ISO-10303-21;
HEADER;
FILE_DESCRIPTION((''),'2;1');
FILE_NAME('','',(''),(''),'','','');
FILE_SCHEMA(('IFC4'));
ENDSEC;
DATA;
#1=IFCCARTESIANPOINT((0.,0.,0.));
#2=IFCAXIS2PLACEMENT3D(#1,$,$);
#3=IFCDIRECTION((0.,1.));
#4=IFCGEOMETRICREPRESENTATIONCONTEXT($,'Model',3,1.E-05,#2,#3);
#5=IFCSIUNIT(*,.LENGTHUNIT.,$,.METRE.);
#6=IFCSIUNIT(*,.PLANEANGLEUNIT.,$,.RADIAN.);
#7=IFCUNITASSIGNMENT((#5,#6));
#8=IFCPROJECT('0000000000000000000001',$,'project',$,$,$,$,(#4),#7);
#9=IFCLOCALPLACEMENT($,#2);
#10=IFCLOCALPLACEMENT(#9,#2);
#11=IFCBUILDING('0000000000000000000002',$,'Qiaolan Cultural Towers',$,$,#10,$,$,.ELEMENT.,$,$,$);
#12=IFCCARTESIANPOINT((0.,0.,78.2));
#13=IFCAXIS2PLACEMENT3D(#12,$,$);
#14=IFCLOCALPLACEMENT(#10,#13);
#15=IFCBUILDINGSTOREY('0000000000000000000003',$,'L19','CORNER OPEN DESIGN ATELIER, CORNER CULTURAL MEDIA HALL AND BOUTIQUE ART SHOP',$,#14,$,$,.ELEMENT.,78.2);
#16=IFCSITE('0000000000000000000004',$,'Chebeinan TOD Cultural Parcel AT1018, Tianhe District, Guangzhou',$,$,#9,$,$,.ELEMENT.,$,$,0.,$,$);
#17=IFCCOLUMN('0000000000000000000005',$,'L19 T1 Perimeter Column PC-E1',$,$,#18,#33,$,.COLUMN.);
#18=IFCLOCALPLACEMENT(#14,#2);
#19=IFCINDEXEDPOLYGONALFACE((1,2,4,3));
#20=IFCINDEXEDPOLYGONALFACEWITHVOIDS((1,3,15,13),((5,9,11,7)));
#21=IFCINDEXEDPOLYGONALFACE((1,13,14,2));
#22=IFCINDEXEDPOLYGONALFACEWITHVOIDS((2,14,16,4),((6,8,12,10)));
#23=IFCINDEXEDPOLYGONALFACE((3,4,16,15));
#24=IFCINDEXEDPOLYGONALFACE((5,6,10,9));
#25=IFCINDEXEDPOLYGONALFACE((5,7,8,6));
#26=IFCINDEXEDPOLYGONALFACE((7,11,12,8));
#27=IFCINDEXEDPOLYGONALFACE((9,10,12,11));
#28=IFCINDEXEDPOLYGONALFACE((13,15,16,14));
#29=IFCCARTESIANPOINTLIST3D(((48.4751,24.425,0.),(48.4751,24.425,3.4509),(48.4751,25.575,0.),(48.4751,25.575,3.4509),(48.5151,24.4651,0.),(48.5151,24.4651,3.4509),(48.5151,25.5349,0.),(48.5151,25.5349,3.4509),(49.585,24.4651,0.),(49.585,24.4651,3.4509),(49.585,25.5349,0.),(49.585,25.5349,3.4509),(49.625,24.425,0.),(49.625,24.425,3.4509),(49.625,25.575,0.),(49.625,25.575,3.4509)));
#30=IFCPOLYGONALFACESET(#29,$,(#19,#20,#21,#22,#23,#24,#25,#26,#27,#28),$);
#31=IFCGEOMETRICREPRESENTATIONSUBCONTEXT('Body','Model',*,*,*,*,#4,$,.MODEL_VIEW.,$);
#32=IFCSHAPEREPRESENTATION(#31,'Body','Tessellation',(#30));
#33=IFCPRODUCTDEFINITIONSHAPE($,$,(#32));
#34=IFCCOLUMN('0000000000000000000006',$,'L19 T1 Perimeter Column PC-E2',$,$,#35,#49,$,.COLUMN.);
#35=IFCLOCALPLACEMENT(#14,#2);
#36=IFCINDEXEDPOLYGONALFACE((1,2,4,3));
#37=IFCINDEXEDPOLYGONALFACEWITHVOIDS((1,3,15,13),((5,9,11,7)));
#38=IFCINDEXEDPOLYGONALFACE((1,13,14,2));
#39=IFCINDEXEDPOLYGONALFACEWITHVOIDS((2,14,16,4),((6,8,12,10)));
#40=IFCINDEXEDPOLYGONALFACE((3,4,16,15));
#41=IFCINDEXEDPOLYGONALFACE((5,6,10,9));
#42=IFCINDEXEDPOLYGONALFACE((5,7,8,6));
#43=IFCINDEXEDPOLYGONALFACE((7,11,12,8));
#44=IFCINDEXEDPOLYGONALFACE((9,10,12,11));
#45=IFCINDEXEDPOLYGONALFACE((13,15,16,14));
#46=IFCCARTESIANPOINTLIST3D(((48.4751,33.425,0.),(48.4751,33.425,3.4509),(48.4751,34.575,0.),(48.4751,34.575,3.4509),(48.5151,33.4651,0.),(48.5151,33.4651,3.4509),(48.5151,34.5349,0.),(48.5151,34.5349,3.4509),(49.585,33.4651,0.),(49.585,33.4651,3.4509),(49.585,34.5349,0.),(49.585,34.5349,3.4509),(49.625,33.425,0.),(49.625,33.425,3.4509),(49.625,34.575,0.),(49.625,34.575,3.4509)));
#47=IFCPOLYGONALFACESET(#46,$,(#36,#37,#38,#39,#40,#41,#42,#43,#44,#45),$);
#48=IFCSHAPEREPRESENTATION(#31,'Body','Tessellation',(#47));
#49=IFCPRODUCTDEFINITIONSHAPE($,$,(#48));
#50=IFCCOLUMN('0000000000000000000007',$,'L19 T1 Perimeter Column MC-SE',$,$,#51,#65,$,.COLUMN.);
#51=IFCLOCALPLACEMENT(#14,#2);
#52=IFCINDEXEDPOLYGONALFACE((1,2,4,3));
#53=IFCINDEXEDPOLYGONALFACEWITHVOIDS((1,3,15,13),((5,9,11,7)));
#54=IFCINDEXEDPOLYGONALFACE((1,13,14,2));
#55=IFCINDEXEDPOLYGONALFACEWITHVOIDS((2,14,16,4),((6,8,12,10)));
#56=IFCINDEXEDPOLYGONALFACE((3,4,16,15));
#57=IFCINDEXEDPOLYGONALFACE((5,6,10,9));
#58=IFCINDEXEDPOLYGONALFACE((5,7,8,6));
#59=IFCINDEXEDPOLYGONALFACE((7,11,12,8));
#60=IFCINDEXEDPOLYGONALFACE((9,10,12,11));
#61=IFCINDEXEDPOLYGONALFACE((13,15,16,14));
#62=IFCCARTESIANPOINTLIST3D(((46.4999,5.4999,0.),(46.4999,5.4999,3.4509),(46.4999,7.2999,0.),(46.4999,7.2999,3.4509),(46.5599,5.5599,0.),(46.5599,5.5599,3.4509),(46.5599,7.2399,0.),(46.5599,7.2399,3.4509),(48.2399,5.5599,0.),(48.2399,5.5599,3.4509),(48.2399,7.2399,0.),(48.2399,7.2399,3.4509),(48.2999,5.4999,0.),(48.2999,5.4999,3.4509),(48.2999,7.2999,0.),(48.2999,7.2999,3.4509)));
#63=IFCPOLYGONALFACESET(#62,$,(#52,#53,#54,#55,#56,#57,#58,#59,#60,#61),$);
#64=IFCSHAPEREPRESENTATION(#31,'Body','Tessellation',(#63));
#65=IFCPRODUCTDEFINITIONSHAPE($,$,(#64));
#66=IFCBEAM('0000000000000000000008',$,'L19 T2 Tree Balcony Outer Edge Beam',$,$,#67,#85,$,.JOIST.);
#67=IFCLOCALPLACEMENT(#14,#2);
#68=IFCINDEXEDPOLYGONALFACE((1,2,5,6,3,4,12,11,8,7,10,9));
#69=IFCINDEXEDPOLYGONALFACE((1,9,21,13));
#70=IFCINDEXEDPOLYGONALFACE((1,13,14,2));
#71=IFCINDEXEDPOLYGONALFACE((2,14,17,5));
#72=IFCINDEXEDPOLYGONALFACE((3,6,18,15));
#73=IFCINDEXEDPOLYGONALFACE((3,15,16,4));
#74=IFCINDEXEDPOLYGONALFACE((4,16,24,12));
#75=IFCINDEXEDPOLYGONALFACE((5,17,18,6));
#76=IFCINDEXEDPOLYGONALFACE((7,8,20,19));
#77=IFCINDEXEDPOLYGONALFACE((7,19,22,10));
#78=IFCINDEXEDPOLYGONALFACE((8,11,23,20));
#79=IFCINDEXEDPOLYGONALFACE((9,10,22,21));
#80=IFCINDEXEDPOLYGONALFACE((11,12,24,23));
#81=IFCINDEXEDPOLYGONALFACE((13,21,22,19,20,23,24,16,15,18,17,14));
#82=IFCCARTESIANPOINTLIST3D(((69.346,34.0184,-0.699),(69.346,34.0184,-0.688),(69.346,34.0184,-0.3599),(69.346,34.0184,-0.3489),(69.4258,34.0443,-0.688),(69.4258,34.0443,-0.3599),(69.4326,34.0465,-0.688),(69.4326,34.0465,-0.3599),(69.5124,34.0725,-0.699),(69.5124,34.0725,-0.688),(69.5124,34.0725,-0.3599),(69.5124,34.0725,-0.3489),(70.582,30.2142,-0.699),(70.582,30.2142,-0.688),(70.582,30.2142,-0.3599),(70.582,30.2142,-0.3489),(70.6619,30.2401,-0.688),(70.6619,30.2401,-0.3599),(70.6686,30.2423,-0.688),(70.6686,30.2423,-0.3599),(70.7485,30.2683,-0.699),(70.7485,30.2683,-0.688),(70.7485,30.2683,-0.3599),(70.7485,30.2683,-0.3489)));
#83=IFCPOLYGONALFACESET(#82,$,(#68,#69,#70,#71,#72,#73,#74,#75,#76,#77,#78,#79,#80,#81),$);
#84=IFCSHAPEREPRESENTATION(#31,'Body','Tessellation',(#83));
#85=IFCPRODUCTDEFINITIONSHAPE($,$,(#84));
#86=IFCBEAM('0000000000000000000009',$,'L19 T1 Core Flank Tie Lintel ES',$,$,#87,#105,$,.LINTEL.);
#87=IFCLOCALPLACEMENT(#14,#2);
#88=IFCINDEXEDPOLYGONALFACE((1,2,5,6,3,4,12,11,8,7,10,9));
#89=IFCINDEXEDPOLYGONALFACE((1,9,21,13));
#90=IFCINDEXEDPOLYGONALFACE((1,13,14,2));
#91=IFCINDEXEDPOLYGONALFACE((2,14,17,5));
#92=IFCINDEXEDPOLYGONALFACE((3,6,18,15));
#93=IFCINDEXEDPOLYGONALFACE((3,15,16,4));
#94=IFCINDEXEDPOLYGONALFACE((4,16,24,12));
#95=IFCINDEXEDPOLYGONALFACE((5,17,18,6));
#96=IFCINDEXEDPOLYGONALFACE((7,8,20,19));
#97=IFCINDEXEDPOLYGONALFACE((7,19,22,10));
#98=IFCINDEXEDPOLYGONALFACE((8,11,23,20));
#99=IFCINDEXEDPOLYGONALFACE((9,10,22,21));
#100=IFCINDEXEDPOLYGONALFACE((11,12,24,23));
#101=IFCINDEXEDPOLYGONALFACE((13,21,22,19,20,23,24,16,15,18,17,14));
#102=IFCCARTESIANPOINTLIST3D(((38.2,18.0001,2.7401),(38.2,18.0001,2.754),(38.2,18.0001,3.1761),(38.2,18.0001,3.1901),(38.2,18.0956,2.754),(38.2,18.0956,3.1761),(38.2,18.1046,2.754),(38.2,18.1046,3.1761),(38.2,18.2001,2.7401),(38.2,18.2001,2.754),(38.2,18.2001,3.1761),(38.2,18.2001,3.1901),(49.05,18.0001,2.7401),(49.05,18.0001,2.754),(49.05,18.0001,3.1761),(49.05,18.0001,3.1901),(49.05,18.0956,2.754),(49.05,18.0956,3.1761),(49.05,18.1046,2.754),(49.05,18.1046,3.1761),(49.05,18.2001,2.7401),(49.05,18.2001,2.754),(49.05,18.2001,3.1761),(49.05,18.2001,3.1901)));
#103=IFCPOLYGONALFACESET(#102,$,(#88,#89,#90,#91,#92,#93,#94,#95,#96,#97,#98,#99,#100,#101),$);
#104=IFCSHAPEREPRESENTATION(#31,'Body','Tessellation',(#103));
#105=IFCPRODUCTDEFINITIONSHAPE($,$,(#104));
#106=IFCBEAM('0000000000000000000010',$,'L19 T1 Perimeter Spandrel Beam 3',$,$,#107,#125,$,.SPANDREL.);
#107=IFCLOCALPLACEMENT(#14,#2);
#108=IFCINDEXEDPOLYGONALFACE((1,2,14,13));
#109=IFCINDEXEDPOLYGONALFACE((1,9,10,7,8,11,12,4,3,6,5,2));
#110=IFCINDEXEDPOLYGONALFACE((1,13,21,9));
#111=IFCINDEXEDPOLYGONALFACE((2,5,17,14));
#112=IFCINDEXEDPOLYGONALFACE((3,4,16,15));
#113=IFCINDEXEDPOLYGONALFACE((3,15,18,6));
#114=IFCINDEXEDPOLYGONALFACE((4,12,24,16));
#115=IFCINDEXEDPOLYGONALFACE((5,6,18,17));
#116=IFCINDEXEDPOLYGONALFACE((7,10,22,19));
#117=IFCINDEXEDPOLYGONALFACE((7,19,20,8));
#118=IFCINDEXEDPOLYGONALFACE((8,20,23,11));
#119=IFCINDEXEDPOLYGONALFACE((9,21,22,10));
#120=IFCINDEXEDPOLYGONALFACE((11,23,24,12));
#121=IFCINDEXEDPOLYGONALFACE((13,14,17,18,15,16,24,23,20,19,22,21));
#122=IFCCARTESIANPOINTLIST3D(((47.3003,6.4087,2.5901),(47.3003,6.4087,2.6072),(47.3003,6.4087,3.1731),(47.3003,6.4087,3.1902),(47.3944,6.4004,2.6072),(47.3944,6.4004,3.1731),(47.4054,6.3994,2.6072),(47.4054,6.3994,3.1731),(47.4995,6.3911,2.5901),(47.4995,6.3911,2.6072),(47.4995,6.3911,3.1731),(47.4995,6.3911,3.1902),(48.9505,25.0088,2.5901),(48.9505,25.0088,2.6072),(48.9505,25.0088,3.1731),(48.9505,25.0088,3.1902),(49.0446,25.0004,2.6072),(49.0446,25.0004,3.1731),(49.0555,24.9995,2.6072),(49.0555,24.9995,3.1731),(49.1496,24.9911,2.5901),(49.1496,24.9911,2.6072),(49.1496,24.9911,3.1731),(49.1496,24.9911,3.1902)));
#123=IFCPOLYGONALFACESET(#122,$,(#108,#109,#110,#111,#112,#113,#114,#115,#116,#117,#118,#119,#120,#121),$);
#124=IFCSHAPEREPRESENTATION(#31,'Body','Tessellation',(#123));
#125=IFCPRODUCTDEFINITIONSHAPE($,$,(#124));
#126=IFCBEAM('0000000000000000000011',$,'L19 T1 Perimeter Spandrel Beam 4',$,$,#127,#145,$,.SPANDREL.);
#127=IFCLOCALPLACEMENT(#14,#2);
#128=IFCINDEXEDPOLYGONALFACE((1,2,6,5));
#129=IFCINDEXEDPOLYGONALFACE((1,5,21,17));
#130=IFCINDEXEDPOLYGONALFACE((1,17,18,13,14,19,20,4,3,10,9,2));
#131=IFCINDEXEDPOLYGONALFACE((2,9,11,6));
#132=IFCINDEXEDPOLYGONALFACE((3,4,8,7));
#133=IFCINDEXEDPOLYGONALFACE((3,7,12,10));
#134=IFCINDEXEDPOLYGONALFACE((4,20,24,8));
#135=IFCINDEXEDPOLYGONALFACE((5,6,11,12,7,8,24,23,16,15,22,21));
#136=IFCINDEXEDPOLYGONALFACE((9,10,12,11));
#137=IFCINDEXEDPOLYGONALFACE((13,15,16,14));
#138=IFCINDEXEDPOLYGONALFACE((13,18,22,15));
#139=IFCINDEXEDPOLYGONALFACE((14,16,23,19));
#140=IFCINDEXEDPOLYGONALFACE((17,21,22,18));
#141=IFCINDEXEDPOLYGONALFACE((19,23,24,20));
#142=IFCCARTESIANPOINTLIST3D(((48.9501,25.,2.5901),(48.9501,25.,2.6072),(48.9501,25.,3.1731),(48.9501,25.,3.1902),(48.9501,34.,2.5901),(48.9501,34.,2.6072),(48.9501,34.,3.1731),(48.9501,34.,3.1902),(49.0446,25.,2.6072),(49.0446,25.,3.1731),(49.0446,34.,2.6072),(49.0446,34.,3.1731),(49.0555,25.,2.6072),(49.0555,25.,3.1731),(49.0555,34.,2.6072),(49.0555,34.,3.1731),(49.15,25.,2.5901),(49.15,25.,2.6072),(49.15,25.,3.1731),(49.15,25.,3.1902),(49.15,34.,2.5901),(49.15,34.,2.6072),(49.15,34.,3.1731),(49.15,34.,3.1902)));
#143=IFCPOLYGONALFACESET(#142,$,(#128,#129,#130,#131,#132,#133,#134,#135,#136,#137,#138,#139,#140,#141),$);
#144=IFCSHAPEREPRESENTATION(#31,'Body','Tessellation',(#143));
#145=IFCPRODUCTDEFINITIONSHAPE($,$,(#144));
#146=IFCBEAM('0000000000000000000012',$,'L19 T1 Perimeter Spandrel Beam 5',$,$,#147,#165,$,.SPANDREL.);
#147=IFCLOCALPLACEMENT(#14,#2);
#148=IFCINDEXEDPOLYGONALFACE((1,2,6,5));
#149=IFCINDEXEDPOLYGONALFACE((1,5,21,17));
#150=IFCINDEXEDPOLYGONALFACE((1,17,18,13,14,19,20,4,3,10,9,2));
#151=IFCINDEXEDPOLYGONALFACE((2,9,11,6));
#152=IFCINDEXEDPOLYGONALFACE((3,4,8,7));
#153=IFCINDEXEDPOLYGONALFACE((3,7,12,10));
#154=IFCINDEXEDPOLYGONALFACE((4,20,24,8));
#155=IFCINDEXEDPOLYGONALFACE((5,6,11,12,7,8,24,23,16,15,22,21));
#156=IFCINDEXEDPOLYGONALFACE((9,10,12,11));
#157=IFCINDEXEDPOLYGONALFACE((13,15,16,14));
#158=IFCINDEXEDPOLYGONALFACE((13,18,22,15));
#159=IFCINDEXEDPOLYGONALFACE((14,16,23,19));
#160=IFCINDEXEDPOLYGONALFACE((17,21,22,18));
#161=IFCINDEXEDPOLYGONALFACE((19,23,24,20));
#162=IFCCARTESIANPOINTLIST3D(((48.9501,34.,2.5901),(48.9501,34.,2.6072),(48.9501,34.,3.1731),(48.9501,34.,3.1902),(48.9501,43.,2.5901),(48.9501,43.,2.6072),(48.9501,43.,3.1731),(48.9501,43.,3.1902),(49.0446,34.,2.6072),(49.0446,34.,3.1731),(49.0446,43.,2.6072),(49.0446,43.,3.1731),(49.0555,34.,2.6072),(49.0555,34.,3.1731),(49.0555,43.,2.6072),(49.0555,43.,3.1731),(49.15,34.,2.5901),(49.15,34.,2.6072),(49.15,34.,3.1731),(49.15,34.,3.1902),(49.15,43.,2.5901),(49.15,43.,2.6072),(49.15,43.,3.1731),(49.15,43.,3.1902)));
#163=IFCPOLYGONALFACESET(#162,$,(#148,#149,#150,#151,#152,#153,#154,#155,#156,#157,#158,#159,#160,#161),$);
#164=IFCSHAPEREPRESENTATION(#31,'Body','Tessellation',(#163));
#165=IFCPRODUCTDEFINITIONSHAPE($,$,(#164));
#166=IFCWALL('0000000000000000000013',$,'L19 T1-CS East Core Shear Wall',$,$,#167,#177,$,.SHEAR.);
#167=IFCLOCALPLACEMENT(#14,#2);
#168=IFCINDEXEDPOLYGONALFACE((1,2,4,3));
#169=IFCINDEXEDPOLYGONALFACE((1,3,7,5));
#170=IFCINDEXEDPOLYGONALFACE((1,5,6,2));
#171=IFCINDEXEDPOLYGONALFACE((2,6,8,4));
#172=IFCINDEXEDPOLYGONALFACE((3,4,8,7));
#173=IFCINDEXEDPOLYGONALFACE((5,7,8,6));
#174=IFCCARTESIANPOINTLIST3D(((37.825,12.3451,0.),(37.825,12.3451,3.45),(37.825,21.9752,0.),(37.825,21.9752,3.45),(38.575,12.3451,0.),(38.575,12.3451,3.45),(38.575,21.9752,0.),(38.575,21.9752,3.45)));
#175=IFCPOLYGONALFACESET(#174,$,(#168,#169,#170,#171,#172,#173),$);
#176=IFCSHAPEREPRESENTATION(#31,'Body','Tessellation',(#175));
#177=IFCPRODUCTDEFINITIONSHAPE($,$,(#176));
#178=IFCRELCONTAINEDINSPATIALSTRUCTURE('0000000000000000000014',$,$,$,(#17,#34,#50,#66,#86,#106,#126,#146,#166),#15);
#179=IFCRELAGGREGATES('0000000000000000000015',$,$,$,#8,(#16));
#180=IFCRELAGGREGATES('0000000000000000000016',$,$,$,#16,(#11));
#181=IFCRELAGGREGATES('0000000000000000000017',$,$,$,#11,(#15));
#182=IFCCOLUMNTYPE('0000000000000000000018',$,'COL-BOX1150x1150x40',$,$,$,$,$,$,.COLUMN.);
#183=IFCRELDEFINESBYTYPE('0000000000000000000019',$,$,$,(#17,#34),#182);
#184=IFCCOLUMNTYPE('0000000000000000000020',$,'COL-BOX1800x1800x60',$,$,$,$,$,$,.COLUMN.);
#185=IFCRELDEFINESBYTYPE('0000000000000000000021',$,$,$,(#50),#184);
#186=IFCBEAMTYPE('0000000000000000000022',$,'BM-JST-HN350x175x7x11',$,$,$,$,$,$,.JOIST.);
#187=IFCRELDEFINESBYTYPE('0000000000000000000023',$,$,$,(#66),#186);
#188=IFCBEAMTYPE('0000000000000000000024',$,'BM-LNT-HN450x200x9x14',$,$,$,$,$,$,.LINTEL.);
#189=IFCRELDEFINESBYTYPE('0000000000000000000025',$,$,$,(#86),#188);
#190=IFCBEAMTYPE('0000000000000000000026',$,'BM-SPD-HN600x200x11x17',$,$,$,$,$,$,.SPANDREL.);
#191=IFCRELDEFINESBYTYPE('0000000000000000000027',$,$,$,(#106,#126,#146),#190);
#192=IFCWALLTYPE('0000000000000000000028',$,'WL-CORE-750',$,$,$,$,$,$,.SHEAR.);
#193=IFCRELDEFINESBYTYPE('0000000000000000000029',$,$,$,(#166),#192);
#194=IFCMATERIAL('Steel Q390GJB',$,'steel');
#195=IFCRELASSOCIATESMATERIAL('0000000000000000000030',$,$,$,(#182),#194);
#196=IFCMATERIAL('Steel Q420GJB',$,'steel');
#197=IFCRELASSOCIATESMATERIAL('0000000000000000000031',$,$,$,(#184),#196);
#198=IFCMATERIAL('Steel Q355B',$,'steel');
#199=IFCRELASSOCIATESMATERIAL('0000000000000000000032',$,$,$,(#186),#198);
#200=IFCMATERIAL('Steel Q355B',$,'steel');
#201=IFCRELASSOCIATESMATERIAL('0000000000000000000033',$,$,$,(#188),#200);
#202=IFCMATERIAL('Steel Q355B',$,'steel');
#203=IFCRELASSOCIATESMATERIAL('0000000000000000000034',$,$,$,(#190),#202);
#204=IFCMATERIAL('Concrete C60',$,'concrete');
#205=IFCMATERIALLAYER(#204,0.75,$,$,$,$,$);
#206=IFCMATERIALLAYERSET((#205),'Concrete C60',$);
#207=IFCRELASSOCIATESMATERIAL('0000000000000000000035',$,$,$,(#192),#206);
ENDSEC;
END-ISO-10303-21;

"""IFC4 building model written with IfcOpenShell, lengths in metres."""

from ifc_helpers import new_model, si_unit, direction, frame, frame_2d, origin, origin_2d, place, context, subcontext, project, spatial, rectangle, hollow_rectangle, i_section, extrude, material, layer, layer_set, material_profile, profile_set, type_object, element, save


model = new_model("IFC4")

# Units and contexts
model_context = context("Model", 3, precision=1e-05, world=origin(), true_north=direction((0.0, 1.0)))
body_context = subcontext(model_context, "Body", "Model", "MODEL_VIEW")
ifc_project = project(units=[si_unit("LENGTHUNIT", "METRE"), si_unit("PLANEANGLEUNIT", "RADIAN")], contexts=[model_context])

# Site, building, storey
site_placement = place(None, origin())
site = spatial("IfcSite", under=ifc_project, at=site_placement, Name="Chebeinan TOD Cultural Parcel AT1018, Tianhe District, Guangzhou", CompositionType="ELEMENT", RefElevation=0.0)
building_placement = place(site_placement, origin())
building = spatial("IfcBuilding", under=site, at=building_placement, Name="Qiaolan Cultural Towers", CompositionType="ELEMENT")
storey_placement = place(building_placement, frame((0.0, 0.0, 78.2)))
storey = spatial("IfcBuildingStorey", under=building, at=storey_placement, Name="L19", Description="CORNER OPEN DESIGN ATELIER, CORNER CULTURAL MEDIA HALL AND BOUTIQUE ART SHOP", CompositionType="ELEMENT", Elevation=78.2)

# Columns
ifc_material_1 = material(Name="Steel Q390GJB", Category="steel")
ifc_material_profile_1 = material_profile(ifc_material_1, hollow_rectangle(XDim=1.1499, YDim=1.1499, WallThickness=0.04, at=origin_2d()), Name="BOX1150x1150x40")
ifc_profile_set_1 = profile_set([ifc_material_profile_1], Name="Steel Q390GJB")
column_type_1 = type_object("IfcColumnType", Name="COL-BOX1150x1150x40", PredefinedType="COLUMN", material=ifc_profile_set_1)
for number, where, z_axis, x_axis, name in (
    (1, (49.05, 25.0, 0.0), (0.0, 0.0, 1.0), (1.0, 0.0, 0.0), "L19 T1 Perimeter Column PC-E1"),
    (2, (49.05, 34.0, 0.0), (0.0, 0.0, 1.0), (1.0, 0.0, 0.0), "L19 T1 Perimeter Column PC-E2"),
):
    element("IfcColumn", number, at=place(storey_placement, frame(where, z_axis=z_axis, x_axis=x_axis)), inside=storey, type_object=column_type_1, Name=name, PredefinedType="COLUMN", context=body_context, shape_type="SweptSolid", body=[
        extrude(hollow_rectangle(XDim=1.1499, YDim=1.1499, WallThickness=0.04, at=origin_2d()), origin(), (0.0, 0.0, 1.0), 3.4509),
    ])
ifc_material_2 = material(Name="Steel Q420GJB", Category="steel")
ifc_material_profile_2 = material_profile(ifc_material_2, hollow_rectangle(XDim=1.8, YDim=1.8, WallThickness=0.0601, at=origin_2d()), Name="BOX1800x1800x60")
ifc_profile_set_2 = profile_set([ifc_material_profile_2], Name="Steel Q420GJB")
column_type_2 = type_object("IfcColumnType", Name="COL-BOX1800x1800x60", PredefinedType="COLUMN", material=ifc_profile_set_2)
column_placement = place(storey_placement, frame((47.3999, 6.3999, 0.0), z_axis=(0.0, 0.0, 1.0), x_axis=(1.0, 0.0, 0.0)))
element("IfcColumn", 3, at=column_placement, inside=storey, type_object=column_type_2, Name="L19 T1 Perimeter Column MC-SE", PredefinedType="COLUMN", context=body_context, shape_type="SweptSolid", body=[
    extrude(hollow_rectangle(XDim=1.8, YDim=1.8, WallThickness=0.0601, at=origin_2d()), origin(), (0.0, 0.0, 1.0), 3.4509),
])

# Beams
ifc_material_3 = material(Name="Steel Q355B", Category="steel")
ifc_material_profile_3 = material_profile(ifc_material_3, i_section(OverallWidth=0.175, OverallDepth=0.3501, WebThickness=0.0071, FlangeThickness=0.011, at=origin_2d()), Name="HN350x175x7x11")
ifc_profile_set_3 = profile_set([ifc_material_profile_3], Name="Steel Q355B")
beam_type_1 = type_object("IfcBeamType", Name="BM-JST-HN350x175x7x11", PredefinedType="JOIST", material=ifc_profile_set_3)
beam_1_placement = place(storey_placement, frame((70.6653, 30.2412, -0.5239), z_axis=(-0.309023, 0.951055, 0.0), x_axis=(-0.951055, -0.309023, 0.0)))
element("IfcBeam", 4, at=beam_1_placement, inside=storey, type_object=beam_type_1, Name="L19 T2 Tree Balcony Outer Edge Beam", PredefinedType="JOIST", context=body_context, shape_type="SweptSolid", body=[
    extrude(i_section(OverallWidth=0.175, OverallDepth=0.3501, WebThickness=0.0071, FlangeThickness=0.011, at=origin_2d()), origin(), (0.0, 0.0, 1.0), 4.0),
])
ifc_material_4 = material(Name="Steel Q355B", Category="steel")
ifc_material_profile_4 = material_profile(ifc_material_4, i_section(OverallWidth=0.2, OverallDepth=0.45, WebThickness=0.009, FlangeThickness=0.0139, at=origin_2d()), Name="HN450x200x9x14")
ifc_profile_set_4 = profile_set([ifc_material_profile_4], Name="Steel Q355B")
beam_type_2 = type_object("IfcBeamType", Name="BM-LNT-HN450x200x9x14", PredefinedType="LINTEL", material=ifc_profile_set_4)
beam_2_placement = place(storey_placement, frame((38.2, 18.1001, 2.9651), z_axis=(1.0, 0.0, 0.0), x_axis=(0.0, 1.0, 0.0)))
element("IfcBeam", 5, at=beam_2_placement, inside=storey, type_object=beam_type_2, Name="L19 T1 Core Flank Tie Lintel ES", PredefinedType="LINTEL", context=body_context, shape_type="SweptSolid", body=[
    extrude(i_section(OverallWidth=0.2, OverallDepth=0.45, WebThickness=0.009, FlangeThickness=0.0139, at=origin_2d()), origin(), (0.0, 0.0, 1.0), 10.8501),
])
ifc_material_5 = material(Name="Steel Q355B", Category="steel")
ifc_material_profile_5 = material_profile(ifc_material_5, i_section(OverallWidth=0.2, OverallDepth=0.6001, WebThickness=0.011, FlangeThickness=0.0171, at=origin_2d()), Name="HN600x200x11x17")
ifc_profile_set_5 = profile_set([ifc_material_profile_5], Name="Steel Q355B")
beam_type_3 = type_object("IfcBeamType", Name="BM-SPD-HN600x200x11x17", PredefinedType="SPANDREL", material=ifc_profile_set_5)
beam_3_placement = place(storey_placement, frame((47.3999, 6.3999, 2.8901), z_axis=(0.08837, 0.996088, 0.0), x_axis=(-0.996088, 0.08837, 0.0)))
element("IfcBeam", 6, at=beam_3_placement, inside=storey, type_object=beam_type_3, Name="L19 T1 Perimeter Spandrel Beam 3", PredefinedType="SPANDREL", context=body_context, shape_type="SweptSolid", body=[
    extrude(i_section(OverallWidth=0.2, OverallDepth=0.6001, WebThickness=0.011, FlangeThickness=0.0171, at=origin_2d()), origin(), (0.0, 0.0, 1.0), 18.6731),
])
for number, where, z_axis, x_axis, name in (
    (7, (49.05, 25.0, 2.8901), (0.0, 1.0, 0.0), (-1.0, 0.0, 0.0), "L19 T1 Perimeter Spandrel Beam 4"),
    (8, (49.05, 34.0, 2.8901), (0.0, 1.0, 0.0), (-1.0, 0.0, 0.0), "L19 T1 Perimeter Spandrel Beam 5"),
):
    element("IfcBeam", number, at=place(storey_placement, frame(where, z_axis=z_axis, x_axis=x_axis)), inside=storey, type_object=beam_type_3, Name=name, PredefinedType="SPANDREL", context=body_context, shape_type="SweptSolid", body=[
        extrude(i_section(OverallWidth=0.2, OverallDepth=0.6001, WebThickness=0.011, FlangeThickness=0.0171, at=origin_2d()), origin(), (0.0, 0.0, 1.0), 9.0),
    ])

# Wall
ifc_material_6 = material(Name="Concrete C60", Category="concrete")
ifc_layer_1 = layer(ifc_material_6, 0.75)
ifc_layer_set_1 = layer_set([ifc_layer_1], Name="Concrete C60")
wall_type_1 = type_object("IfcWallType", Name="WL-CORE-750", PredefinedType="SHEAR", material=ifc_layer_set_1)
wall_1_placement = place(storey_placement, frame((38.2, 21.9751, 0.0), z_axis=(0.0, 0.0, 1.0), x_axis=(0.0, -1.0, 0.0)))
element("IfcWall", 9, at=wall_1_placement, inside=storey, type_object=wall_type_1, Name="L19 T1-CS East Core Shear Wall", PredefinedType="SHEAR", context=body_context, shape_type="SweptSolid", body=[
    extrude(rectangle(XDim=9.6301, YDim=0.75, at=frame_2d((4.8149, 0.0))), origin(), (0.0, 0.0, 1.0), 3.45),
])

save(model, "model.ifc")
